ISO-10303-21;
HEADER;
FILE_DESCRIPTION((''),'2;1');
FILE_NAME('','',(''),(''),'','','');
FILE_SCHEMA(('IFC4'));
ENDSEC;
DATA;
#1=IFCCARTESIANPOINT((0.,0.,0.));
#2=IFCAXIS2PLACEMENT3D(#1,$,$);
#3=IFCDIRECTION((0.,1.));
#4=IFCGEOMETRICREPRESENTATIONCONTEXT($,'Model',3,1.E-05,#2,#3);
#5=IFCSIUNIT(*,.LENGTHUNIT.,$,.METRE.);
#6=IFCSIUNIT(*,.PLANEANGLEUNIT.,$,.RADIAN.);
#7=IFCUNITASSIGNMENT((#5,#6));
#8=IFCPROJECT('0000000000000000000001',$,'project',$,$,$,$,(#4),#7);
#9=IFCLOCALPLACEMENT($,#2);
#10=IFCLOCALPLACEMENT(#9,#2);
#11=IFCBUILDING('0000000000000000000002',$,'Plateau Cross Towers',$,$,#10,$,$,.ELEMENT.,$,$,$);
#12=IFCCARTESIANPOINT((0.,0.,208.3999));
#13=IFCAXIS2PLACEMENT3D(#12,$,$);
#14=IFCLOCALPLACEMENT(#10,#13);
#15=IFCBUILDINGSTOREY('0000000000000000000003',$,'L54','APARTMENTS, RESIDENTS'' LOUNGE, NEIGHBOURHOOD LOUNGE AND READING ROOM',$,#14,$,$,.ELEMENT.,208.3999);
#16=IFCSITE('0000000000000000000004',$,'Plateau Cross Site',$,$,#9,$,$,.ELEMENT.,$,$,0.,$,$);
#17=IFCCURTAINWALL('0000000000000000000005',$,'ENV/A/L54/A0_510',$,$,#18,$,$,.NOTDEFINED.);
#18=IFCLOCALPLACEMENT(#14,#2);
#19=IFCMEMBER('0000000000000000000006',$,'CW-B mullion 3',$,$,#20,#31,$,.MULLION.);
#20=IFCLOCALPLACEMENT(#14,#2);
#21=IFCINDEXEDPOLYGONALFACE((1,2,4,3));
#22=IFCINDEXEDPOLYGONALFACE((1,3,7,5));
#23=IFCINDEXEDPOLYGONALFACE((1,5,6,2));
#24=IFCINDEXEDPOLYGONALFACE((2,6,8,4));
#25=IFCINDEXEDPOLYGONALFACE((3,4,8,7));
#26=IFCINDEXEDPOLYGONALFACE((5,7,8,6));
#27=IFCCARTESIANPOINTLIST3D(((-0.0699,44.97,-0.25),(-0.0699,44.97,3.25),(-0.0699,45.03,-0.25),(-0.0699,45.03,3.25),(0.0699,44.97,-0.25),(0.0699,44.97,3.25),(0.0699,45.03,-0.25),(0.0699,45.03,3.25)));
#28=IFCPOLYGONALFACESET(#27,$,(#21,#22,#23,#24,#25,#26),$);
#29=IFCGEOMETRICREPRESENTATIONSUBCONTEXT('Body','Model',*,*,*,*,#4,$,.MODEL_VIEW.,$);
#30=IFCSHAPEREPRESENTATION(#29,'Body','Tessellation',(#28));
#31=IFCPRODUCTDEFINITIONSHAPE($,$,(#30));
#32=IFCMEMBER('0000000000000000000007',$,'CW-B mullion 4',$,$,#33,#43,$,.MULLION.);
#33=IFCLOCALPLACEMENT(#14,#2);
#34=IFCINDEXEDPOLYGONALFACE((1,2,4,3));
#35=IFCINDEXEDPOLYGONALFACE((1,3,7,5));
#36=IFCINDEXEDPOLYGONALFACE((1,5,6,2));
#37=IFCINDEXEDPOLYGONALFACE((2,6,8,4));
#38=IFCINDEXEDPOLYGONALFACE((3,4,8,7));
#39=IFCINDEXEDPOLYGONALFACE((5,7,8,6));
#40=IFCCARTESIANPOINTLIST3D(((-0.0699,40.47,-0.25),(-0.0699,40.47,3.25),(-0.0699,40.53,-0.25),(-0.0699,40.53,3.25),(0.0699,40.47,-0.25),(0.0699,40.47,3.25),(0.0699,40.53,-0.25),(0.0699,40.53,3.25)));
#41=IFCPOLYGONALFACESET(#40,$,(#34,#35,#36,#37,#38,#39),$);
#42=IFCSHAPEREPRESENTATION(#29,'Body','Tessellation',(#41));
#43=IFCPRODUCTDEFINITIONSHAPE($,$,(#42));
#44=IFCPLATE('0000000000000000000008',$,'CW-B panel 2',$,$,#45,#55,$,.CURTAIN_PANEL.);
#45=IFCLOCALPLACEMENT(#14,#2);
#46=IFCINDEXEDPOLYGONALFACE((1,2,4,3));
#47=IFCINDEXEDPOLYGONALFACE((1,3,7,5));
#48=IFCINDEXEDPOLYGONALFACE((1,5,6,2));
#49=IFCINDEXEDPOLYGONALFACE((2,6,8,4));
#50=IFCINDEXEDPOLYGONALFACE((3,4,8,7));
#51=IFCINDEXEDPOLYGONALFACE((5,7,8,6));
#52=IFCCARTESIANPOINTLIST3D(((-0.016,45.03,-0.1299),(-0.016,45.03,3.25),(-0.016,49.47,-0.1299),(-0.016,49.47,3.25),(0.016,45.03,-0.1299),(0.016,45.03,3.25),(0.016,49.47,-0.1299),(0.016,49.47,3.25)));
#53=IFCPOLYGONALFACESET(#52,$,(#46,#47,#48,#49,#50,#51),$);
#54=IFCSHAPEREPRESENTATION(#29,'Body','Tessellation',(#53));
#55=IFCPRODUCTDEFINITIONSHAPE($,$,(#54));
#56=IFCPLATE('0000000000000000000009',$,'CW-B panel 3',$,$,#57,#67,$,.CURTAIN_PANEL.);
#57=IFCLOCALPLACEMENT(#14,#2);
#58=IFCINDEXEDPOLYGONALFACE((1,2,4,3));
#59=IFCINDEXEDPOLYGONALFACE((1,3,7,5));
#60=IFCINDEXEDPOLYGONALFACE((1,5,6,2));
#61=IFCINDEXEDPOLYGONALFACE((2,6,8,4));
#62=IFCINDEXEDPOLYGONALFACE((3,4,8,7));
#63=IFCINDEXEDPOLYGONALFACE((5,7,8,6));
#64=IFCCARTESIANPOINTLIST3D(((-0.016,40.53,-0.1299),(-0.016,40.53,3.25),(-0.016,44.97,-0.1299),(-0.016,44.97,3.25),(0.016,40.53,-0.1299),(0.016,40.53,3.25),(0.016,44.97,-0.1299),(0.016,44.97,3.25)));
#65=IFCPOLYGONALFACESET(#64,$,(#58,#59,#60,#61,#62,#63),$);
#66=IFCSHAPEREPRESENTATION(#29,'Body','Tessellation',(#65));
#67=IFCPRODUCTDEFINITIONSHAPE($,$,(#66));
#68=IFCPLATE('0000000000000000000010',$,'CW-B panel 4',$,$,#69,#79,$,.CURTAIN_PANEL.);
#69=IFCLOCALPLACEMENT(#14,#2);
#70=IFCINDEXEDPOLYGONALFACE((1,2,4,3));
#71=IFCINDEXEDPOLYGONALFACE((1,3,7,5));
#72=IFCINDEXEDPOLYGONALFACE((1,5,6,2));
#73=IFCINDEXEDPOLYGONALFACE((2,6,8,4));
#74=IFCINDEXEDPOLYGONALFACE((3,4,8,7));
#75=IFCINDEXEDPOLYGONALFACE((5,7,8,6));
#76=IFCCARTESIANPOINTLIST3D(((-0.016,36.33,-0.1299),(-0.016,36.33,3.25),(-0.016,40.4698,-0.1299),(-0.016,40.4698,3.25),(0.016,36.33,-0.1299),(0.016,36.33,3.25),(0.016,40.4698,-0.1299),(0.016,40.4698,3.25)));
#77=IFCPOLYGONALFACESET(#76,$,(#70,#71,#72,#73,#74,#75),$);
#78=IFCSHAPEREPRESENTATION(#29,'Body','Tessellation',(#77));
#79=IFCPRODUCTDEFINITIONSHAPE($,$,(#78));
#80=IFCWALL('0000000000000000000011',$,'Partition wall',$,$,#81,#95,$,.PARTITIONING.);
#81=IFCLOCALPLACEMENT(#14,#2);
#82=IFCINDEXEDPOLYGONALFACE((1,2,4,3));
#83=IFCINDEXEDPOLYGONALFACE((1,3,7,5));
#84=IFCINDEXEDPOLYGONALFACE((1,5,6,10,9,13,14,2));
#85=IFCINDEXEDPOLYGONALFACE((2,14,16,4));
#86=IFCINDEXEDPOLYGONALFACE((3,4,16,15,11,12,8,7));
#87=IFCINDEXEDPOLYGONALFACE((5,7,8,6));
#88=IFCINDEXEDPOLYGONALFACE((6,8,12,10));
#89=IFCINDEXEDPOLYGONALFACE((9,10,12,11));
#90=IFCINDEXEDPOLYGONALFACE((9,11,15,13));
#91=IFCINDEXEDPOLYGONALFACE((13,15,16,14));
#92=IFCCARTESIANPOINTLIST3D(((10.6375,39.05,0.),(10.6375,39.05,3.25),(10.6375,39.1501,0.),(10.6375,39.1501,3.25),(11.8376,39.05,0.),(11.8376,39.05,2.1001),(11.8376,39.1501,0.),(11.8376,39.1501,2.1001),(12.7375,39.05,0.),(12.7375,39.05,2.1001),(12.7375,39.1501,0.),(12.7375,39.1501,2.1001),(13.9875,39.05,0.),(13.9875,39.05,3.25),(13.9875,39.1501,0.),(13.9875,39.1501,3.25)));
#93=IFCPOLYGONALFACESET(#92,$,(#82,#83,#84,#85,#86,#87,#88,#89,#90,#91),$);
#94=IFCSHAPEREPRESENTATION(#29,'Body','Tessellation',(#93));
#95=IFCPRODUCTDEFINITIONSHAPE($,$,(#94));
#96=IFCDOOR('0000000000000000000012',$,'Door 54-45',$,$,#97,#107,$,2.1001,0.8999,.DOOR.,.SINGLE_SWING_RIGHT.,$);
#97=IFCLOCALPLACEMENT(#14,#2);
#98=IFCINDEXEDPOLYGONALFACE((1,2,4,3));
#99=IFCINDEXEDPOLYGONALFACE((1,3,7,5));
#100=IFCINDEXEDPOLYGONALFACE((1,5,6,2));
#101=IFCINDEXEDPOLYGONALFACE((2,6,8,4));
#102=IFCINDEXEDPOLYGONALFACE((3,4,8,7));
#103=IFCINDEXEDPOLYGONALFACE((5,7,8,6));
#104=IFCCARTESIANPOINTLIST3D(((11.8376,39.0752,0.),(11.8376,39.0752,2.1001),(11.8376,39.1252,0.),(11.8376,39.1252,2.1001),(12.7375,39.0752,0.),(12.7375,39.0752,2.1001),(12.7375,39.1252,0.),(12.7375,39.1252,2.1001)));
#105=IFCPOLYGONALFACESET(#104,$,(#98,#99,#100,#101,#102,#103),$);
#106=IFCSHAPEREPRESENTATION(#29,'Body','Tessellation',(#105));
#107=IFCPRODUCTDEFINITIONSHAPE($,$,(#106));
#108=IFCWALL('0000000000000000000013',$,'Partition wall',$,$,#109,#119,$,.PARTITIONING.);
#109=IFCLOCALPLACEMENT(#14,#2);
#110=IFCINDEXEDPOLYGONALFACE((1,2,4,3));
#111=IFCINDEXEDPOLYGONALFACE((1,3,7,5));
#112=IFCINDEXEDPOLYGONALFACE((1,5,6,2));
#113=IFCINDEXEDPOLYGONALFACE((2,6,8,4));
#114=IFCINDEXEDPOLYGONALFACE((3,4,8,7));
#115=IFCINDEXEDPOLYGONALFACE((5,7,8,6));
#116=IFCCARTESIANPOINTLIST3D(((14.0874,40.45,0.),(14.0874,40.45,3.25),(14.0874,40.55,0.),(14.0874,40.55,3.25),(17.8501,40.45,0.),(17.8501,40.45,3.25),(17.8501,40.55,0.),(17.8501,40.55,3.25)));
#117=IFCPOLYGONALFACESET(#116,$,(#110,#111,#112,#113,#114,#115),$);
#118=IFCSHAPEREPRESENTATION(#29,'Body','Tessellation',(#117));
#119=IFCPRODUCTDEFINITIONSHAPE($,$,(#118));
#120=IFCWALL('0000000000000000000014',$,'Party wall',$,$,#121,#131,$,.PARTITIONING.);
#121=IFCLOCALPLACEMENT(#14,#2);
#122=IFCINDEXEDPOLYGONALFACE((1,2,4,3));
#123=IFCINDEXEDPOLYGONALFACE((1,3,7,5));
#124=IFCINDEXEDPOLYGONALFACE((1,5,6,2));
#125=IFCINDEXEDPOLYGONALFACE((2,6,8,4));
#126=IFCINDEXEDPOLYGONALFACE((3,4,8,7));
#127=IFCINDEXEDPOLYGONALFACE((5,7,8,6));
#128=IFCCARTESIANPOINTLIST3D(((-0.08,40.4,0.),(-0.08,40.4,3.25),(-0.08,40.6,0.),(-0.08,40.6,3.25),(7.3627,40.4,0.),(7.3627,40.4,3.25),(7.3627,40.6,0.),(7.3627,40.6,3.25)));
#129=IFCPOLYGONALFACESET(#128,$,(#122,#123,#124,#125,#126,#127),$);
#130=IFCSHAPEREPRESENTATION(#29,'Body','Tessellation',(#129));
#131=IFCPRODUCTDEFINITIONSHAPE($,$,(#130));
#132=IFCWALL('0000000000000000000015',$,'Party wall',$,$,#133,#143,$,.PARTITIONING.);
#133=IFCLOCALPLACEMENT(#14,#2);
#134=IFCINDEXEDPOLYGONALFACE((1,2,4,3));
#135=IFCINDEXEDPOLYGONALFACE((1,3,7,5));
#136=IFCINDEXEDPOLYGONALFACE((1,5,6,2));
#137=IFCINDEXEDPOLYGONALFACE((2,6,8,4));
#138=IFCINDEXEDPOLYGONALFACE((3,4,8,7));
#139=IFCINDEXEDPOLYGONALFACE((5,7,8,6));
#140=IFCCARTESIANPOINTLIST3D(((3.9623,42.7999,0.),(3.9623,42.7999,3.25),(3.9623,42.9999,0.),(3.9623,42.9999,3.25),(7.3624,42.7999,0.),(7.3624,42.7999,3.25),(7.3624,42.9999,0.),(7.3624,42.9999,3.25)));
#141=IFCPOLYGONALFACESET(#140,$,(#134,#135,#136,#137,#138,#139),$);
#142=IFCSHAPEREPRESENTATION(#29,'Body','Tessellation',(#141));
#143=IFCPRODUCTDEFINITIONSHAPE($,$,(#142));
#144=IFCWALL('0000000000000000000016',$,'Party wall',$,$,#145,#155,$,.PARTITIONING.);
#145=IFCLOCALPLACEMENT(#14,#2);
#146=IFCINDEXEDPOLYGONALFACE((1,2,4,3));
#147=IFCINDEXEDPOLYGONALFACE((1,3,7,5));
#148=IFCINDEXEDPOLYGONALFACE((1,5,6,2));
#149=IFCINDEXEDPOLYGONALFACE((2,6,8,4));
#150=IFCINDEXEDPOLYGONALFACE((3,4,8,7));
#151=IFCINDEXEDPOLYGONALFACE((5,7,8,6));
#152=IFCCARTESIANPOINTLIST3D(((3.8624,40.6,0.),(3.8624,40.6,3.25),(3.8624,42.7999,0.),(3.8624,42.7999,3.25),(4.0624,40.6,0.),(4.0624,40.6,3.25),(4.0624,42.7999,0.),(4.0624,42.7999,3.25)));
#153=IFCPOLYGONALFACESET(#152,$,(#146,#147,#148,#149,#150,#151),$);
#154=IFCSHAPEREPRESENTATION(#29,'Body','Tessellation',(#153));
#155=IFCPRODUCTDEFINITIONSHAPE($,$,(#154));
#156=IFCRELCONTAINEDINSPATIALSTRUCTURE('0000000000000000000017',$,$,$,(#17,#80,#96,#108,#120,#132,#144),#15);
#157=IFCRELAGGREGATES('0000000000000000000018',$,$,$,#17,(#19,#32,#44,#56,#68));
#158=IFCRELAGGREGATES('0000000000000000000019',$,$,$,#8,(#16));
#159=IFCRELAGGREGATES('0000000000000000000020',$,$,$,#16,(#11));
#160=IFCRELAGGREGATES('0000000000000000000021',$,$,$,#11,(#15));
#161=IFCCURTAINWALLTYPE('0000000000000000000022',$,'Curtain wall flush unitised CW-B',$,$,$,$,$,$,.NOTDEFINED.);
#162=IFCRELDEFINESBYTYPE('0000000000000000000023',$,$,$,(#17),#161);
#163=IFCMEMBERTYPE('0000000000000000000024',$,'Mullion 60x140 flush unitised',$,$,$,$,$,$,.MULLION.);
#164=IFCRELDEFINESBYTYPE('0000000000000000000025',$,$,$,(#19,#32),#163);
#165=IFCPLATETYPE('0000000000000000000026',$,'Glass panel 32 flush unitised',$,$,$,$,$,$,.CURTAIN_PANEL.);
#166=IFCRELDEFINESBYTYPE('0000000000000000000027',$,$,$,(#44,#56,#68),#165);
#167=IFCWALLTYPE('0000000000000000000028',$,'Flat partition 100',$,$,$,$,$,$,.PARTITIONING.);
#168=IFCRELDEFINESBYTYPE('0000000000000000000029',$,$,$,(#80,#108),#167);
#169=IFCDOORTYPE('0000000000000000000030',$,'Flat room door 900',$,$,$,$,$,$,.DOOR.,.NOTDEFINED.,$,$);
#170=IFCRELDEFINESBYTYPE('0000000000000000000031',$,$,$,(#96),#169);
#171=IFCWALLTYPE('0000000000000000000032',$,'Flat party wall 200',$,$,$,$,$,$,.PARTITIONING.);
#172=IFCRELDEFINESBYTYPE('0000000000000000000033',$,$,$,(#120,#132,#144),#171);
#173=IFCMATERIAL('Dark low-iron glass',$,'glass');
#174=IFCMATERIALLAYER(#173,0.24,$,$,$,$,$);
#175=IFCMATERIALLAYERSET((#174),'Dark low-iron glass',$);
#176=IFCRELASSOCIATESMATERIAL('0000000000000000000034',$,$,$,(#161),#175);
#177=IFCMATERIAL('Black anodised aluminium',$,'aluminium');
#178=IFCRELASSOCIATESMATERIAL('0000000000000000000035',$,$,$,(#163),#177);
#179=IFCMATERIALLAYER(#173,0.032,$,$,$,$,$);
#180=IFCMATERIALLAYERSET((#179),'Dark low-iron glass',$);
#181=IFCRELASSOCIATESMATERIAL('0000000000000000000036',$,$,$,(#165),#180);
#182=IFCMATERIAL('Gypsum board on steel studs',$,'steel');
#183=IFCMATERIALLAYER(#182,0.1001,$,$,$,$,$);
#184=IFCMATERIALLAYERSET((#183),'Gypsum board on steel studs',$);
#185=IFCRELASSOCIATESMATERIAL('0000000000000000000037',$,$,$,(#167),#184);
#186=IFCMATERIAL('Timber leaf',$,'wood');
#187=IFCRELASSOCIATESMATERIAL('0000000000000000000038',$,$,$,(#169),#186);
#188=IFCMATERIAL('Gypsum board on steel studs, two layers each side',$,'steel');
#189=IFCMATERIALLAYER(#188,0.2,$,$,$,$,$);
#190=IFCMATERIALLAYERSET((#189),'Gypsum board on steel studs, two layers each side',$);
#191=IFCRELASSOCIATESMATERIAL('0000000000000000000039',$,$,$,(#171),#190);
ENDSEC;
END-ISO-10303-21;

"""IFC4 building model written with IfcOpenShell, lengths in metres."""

from ifc_helpers import new_model, si_unit, direction, frame, frame_2d, origin, origin_2d, place, context, subcontext, project, spatial, rectangle, extrude, material, layer, layer_set, material_profile, profile_set, type_object, element, fill, aggregate, save


model = new_model("IFC4")

# Units and contexts
model_context = context("Model", 3, precision=1e-05, world=origin(), true_north=direction((0.0, 1.0)))
body_context = subcontext(model_context, "Body", "Model", "MODEL_VIEW")
ifc_project = project(units=[si_unit("LENGTHUNIT", "METRE"), si_unit("PLANEANGLEUNIT", "RADIAN")], contexts=[model_context])

# Site, building, storey
site_placement = place(None, origin())
site = spatial("IfcSite", under=ifc_project, at=site_placement, Name="Plateau Cross Site", CompositionType="ELEMENT", RefElevation=0.0)
building_placement = place(site_placement, origin())
building = spatial("IfcBuilding", under=site, at=building_placement, Name="Plateau Cross Towers", CompositionType="ELEMENT")
storey_placement = place(building_placement, frame((0.0, 0.0, 208.3999)))
storey = spatial("IfcBuildingStorey", under=building, at=storey_placement, Name="L54", Description="APARTMENTS, RESIDENTS' LOUNGE, NEIGHBOURHOOD LOUNGE AND READING ROOM", CompositionType="ELEMENT", Elevation=208.3999)

# Curtain wall, members, plates
ifc_material_1 = material(Name="Dark low-iron glass", Category="glass")
ifc_layer_1 = layer(ifc_material_1, 0.24)
ifc_layer_set_1 = layer_set([ifc_layer_1], Name="Dark low-iron glass")
curtain_wall_type = type_object("IfcCurtainWallType", Name="Curtain wall flush unitised CW-B", PredefinedType="NOTDEFINED", material=ifc_layer_set_1)
curtain_wall_placement = place(storey_placement, origin())
curtain_wall = element("IfcCurtainWall", 1, at=curtain_wall_placement, inside=storey, type_object=curtain_wall_type, Name="ENV/A/L54/A0_510", PredefinedType="NOTDEFINED")
ifc_material_2 = material(Name="Black anodised aluminium", Category="aluminium")
ifc_material_profile = material_profile(ifc_material_2, rectangle(XDim=0.0601, YDim=0.1399, at=origin_2d()), Name="MULLION 60x140")
ifc_profile_set = profile_set([ifc_material_profile], Name="Black anodised aluminium")
member_type = type_object("IfcMemberType", Name="Mullion 60x140 flush unitised", PredefinedType="MULLION", material=ifc_profile_set)
member_1_placement = place(storey_placement, frame((0.0, 45.0, -0.25), z_axis=(0.0, 0.0, 1.0), x_axis=(0.0, -1.0, 0.0)))
member_1 = element("IfcMember", 2, at=member_1_placement, type_object=member_type, Name="CW-B mullion 3", PredefinedType="MULLION", context=body_context, shape_type="SweptSolid", body=[
    extrude(rectangle(XDim=0.0601, YDim=0.1399, at=origin_2d()), origin(), (0.0, 0.0, 1.0), 3.5),
])
member_2_placement = place(storey_placement, frame((0.0, 40.5, -0.25), z_axis=(0.0, 0.0, 1.0), x_axis=(0.0, -1.0, 0.0)))
member_2 = element("IfcMember", 3, at=member_2_placement, type_object=member_type, Name="CW-B mullion 4", PredefinedType="MULLION", context=body_context, shape_type="SweptSolid", body=[
    extrude(rectangle(XDim=0.0601, YDim=0.1399, at=origin_2d()), origin(), (0.0, 0.0, 1.0), 3.5),
])
ifc_layer_2 = layer(ifc_material_1, 0.032)
ifc_layer_set_2 = layer_set([ifc_layer_2], Name="Dark low-iron glass")
plate_type = type_object("IfcPlateType", Name="Glass panel 32 flush unitised", PredefinedType="CURTAIN_PANEL", material=ifc_layer_set_2)
plate_1_placement = place(storey_placement, frame((0.0, 47.25, -0.1299), z_axis=(0.0, 0.0, 1.0), x_axis=(0.0, -1.0, 0.0)))
plate_1 = element("IfcPlate", 4, at=plate_1_placement, type_object=plate_type, Name="CW-B panel 2", PredefinedType="CURTAIN_PANEL", context=body_context, shape_type="SweptSolid", body=[
    extrude(rectangle(XDim=4.4399, YDim=0.032, at=origin_2d()), origin(), (0.0, 0.0, 1.0), 3.3799),
])
plate_2_placement = place(storey_placement, frame((0.0, 42.75, -0.1299), z_axis=(0.0, 0.0, 1.0), x_axis=(0.0, -1.0, 0.0)))
plate_2 = element("IfcPlate", 5, at=plate_2_placement, type_object=plate_type, Name="CW-B panel 3", PredefinedType="CURTAIN_PANEL", context=body_context, shape_type="SweptSolid", body=[
    extrude(rectangle(XDim=4.4399, YDim=0.032, at=origin_2d()), origin(), (0.0, 0.0, 1.0), 3.3799),
])
plate_3_placement = place(storey_placement, frame((0.0, 38.3999, -0.1299), z_axis=(0.0, 0.0, 1.0), x_axis=(0.0, -1.0, 0.0)))
plate_3 = element("IfcPlate", 6, at=plate_3_placement, type_object=plate_type, Name="CW-B panel 4", PredefinedType="CURTAIN_PANEL", context=body_context, shape_type="SweptSolid", body=[
    extrude(rectangle(XDim=4.1399, YDim=0.032, at=origin_2d()), origin(), (0.0, 0.0, 1.0), 3.3799),
])
aggregate(curtain_wall, [member_1, member_2, plate_1, plate_2, plate_3])

# Wall, opening, door
ifc_material_3 = material(Name="Gypsum board on steel studs", Category="steel")
ifc_layer_3 = layer(ifc_material_3, 0.1001)
ifc_layer_set_3 = layer_set([ifc_layer_3], Name="Gypsum board on steel studs")
wall_type_1 = type_object("IfcWallType", Name="Flat partition 100", PredefinedType="PARTITIONING", material=ifc_layer_set_3)
wall_1_placement = place(storey_placement, frame((13.9875, 39.1001, 0.0), z_axis=(0.0, 0.0, 1.0), x_axis=(-1.0, 0.0, 0.0)))
wall_1 = element("IfcWall", 7, at=wall_1_placement, inside=storey, type_object=wall_type_1, Name="Partition wall", PredefinedType="PARTITIONING", context=body_context, shape_type="SweptSolid", body=[
    extrude(rectangle(XDim=3.3501, YDim=0.1001, at=frame_2d((1.675, 0.0))), origin(), (0.0, 0.0, 1.0), 3.25),
])
opening_1_placement = place(wall_1_placement, frame((1.25, 0.0, 0.0)))
opening_1 = element("IfcOpeningElement", 8, at=opening_1_placement, cuts=wall_1, PredefinedType="OPENING", context=body_context, shape_type="SweptSolid", body=[
    extrude(rectangle(XDim=0.8999, YDim=2.1001, at=frame_2d((0.45, 1.05))), frame((0.0, 0.0601, 0.0), z_axis=(0.0, -1.0, 0.0), x_axis=(1.0, 0.0, 0.0)), (0.0, 0.0, 1.0), 0.1201),
])
ifc_material_4 = material(Name="Timber leaf", Category="wood")
door_type_1 = type_object("IfcDoorType", Name="Flat room door 900", OperationType="NOTDEFINED", PredefinedType="DOOR", material=ifc_material_4)
door_1_placement = place(opening_1_placement, origin())
door_1 = element("IfcDoor", 9, at=door_1_placement, inside=storey, type_object=door_type_1, Name="Door 54-45", OperationType="SINGLE_SWING_RIGHT", OverallHeight=2.1001, OverallWidth=0.8999, PredefinedType="DOOR", context=body_context, shape_type="SweptSolid", body=[
    extrude(rectangle(XDim=0.8999, YDim=2.1001, at=frame_2d((0.45, 1.05))), frame((0.0, 0.0249, 0.0), z_axis=(0.0, -1.0, 0.0), x_axis=(1.0, 0.0, 0.0)), (0.0, 0.0, 1.0), 0.05),
])
fill(opening_1, door_1)

# Walls
wall_2_placement = place(storey_placement, frame((14.0874, 40.5, 0.0), z_axis=(0.0, 0.0, 1.0), x_axis=(1.0, 0.0, 0.0)))
element("IfcWall", 10, at=wall_2_placement, inside=storey, type_object=wall_type_1, Name="Partition wall", PredefinedType="PARTITIONING", context=body_context, shape_type="SweptSolid", body=[
    extrude(rectangle(XDim=3.7627, YDim=0.1001, at=frame_2d((1.8813, 0.0))), origin(), (0.0, 0.0, 1.0), 3.25),
])
ifc_material_5 = material(Name="Gypsum board on steel studs, two layers each side", Category="steel")
ifc_layer_4 = layer(ifc_material_5, 0.2)
ifc_layer_set_4 = layer_set([ifc_layer_4], Name="Gypsum board on steel studs, two layers each side")
wall_type_2 = type_object("IfcWallType", Name="Flat party wall 200", PredefinedType="PARTITIONING", material=ifc_layer_set_4)
wall_3_placement = place(storey_placement, frame((7.3625, 40.5, 0.0), z_axis=(0.0, 0.0, 1.0), x_axis=(-1.0, 0.0, 0.0)))
element("IfcWall", 11, at=wall_3_placement, inside=storey, type_object=wall_type_2, Name="Party wall", PredefinedType="PARTITIONING", context=body_context, shape_type="SweptSolid", body=[
    extrude(rectangle(XDim=7.4426, YDim=0.2, at=frame_2d((3.7212, 0.0))), origin(), (0.0, 0.0, 1.0), 3.25),
])
wall_4_placement = place(storey_placement, frame((7.3625, 42.8999, 0.0), z_axis=(0.0, 0.0, 1.0), x_axis=(-1.0, 0.0, 0.0)))
element("IfcWall", 12, at=wall_4_placement, inside=storey, type_object=wall_type_2, Name="Party wall", PredefinedType="PARTITIONING", context=body_context, shape_type="SweptSolid", body=[
    extrude(rectangle(XDim=3.4001, YDim=0.2, at=frame_2d((1.7002, 0.0))), origin(), (0.0, 0.0, 1.0), 3.25),
])
wall_5_placement = place(storey_placement, frame((3.9624, 42.8, 0.0), z_axis=(0.0, 0.0, 1.0), x_axis=(0.0, -1.0, 0.0)))
element("IfcWall", 13, at=wall_5_placement, inside=storey, type_object=wall_type_2, Name="Party wall", PredefinedType="PARTITIONING", context=body_context, shape_type="SweptSolid", body=[
    extrude(rectangle(XDim=2.2, YDim=0.2, at=frame_2d((1.1001, 0.0))), origin(), (0.0, 0.0, 1.0), 3.25),
])

save(model, "model.ifc")
